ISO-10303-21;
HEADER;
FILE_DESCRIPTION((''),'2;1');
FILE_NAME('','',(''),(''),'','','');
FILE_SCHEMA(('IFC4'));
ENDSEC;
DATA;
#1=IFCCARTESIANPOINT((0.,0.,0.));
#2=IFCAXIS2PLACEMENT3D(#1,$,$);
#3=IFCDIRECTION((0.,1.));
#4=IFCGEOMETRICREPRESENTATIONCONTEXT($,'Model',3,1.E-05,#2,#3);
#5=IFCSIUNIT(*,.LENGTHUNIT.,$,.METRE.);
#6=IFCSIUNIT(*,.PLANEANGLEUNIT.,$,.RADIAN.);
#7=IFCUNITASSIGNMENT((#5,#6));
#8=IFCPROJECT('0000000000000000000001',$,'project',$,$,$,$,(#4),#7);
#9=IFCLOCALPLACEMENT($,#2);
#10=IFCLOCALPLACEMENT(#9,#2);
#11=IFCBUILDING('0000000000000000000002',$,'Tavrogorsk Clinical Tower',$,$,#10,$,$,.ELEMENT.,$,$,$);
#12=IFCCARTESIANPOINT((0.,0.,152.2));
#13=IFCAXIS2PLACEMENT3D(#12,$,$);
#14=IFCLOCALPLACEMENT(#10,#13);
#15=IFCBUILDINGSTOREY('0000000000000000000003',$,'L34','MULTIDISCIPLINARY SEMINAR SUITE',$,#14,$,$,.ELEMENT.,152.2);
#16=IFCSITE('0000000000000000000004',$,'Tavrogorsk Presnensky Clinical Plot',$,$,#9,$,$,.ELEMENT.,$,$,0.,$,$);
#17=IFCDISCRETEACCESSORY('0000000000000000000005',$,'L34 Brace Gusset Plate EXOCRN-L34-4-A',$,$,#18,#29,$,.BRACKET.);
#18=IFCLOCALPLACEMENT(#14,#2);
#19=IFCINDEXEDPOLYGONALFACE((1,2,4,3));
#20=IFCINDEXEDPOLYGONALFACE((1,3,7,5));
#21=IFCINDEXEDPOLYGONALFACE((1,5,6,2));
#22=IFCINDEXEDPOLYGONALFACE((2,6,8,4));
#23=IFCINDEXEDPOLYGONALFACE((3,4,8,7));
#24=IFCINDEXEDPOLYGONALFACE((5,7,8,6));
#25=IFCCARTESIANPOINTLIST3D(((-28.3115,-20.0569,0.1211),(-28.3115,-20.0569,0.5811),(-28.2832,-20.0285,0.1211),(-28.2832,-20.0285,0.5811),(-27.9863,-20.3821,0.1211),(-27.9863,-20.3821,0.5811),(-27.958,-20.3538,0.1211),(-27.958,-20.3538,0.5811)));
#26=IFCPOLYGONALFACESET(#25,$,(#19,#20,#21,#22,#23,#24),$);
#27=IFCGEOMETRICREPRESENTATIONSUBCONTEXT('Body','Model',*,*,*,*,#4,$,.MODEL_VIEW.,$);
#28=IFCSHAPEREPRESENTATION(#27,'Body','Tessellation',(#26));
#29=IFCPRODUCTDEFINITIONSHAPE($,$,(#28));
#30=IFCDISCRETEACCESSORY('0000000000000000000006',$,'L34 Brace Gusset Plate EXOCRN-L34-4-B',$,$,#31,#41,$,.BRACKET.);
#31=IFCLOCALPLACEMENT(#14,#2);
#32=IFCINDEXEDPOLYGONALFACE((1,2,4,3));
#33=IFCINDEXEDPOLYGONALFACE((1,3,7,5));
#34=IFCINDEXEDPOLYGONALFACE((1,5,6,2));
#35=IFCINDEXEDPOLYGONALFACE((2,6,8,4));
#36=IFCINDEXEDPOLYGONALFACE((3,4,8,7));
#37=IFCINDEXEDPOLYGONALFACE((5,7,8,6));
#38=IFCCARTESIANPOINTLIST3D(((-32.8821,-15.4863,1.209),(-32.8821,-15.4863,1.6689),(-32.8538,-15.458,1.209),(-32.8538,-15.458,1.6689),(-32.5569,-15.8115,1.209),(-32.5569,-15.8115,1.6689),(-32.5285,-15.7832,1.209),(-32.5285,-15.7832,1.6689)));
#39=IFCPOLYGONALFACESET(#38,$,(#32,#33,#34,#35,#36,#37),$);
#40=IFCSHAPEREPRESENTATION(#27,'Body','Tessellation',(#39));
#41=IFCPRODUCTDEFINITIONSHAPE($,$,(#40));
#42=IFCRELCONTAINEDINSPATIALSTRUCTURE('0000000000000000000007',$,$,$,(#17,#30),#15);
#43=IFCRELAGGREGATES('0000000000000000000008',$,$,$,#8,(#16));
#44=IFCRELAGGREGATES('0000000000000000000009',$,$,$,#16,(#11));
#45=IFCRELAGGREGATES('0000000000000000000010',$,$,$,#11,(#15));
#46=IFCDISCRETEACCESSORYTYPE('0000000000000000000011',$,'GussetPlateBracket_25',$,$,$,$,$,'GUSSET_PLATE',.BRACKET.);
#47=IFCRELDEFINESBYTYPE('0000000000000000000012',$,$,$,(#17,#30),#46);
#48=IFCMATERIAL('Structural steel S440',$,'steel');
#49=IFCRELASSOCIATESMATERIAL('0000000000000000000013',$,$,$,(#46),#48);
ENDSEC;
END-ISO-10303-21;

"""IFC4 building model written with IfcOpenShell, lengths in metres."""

from ifc_helpers import new_model, si_unit, direction, frame, origin, origin_2d, place, context, subcontext, project, spatial, rectangle, extrude, material, type_object, element, save


model = new_model("IFC4")

# Units and contexts
model_context = context("Model", 3, precision=1e-05, world=origin(), true_north=direction((0.0, 1.0)))
body_context = subcontext(model_context, "Body", "Model", "MODEL_VIEW")
ifc_project = project(units=[si_unit("LENGTHUNIT", "METRE"), si_unit("PLANEANGLEUNIT", "RADIAN")], contexts=[model_context])

# Site, building, storey
site_placement = place(None, origin())
site = spatial("IfcSite", under=ifc_project, at=site_placement, Name="Tavrogorsk Presnensky Clinical Plot", CompositionType="ELEMENT", RefElevation=0.0)
building_placement = place(site_placement, origin())
building = spatial("IfcBuilding", under=site, at=building_placement, Name="Tavrogorsk Clinical Tower", CompositionType="ELEMENT")
storey_placement = place(building_placement, frame((0.0, 0.0, 152.2)))
storey = spatial("IfcBuildingStorey", under=building, at=storey_placement, Name="L34", Description="MULTIDISCIPLINARY SEMINAR SUITE", CompositionType="ELEMENT", Elevation=152.2)

# Discrete accessories
ifc_material_1 = material(Name="Structural steel S440", Category="steel")
discrete_accessory_type = type_object("IfcDiscreteAccessoryType", Name="GussetPlateBracket_25", ElementType="GUSSET_PLATE", PredefinedType="BRACKET", material=ifc_material_1)
for number, where, z_axis, x_axis, name in (
    (1, (-28.1348, -20.2053, 0.1211), (0.0, 0.0, 1.0), (-0.707107, 0.707107, 0.0), "L34 Brace Gusset Plate EXOCRN-L34-4-A"),
    (2, (-32.7053, -15.6348, 1.209), (0.0, 0.0, 1.0), (-0.707107, 0.707107, 0.0), "L34 Brace Gusset Plate EXOCRN-L34-4-B"),
):
    element("IfcDiscreteAccessory", number, at=place(storey_placement, frame(where, z_axis=z_axis, x_axis=x_axis)), inside=storey, type_object=discrete_accessory_type, Name=name, PredefinedType="BRACKET", context=body_context, shape_type="SweptSolid", body=[
        extrude(rectangle(XDim=0.46, YDim=0.04, at=origin_2d()), origin(), (0.0, 0.0, 1.0), 0.46),
    ])

save(model, "model.ifc")
